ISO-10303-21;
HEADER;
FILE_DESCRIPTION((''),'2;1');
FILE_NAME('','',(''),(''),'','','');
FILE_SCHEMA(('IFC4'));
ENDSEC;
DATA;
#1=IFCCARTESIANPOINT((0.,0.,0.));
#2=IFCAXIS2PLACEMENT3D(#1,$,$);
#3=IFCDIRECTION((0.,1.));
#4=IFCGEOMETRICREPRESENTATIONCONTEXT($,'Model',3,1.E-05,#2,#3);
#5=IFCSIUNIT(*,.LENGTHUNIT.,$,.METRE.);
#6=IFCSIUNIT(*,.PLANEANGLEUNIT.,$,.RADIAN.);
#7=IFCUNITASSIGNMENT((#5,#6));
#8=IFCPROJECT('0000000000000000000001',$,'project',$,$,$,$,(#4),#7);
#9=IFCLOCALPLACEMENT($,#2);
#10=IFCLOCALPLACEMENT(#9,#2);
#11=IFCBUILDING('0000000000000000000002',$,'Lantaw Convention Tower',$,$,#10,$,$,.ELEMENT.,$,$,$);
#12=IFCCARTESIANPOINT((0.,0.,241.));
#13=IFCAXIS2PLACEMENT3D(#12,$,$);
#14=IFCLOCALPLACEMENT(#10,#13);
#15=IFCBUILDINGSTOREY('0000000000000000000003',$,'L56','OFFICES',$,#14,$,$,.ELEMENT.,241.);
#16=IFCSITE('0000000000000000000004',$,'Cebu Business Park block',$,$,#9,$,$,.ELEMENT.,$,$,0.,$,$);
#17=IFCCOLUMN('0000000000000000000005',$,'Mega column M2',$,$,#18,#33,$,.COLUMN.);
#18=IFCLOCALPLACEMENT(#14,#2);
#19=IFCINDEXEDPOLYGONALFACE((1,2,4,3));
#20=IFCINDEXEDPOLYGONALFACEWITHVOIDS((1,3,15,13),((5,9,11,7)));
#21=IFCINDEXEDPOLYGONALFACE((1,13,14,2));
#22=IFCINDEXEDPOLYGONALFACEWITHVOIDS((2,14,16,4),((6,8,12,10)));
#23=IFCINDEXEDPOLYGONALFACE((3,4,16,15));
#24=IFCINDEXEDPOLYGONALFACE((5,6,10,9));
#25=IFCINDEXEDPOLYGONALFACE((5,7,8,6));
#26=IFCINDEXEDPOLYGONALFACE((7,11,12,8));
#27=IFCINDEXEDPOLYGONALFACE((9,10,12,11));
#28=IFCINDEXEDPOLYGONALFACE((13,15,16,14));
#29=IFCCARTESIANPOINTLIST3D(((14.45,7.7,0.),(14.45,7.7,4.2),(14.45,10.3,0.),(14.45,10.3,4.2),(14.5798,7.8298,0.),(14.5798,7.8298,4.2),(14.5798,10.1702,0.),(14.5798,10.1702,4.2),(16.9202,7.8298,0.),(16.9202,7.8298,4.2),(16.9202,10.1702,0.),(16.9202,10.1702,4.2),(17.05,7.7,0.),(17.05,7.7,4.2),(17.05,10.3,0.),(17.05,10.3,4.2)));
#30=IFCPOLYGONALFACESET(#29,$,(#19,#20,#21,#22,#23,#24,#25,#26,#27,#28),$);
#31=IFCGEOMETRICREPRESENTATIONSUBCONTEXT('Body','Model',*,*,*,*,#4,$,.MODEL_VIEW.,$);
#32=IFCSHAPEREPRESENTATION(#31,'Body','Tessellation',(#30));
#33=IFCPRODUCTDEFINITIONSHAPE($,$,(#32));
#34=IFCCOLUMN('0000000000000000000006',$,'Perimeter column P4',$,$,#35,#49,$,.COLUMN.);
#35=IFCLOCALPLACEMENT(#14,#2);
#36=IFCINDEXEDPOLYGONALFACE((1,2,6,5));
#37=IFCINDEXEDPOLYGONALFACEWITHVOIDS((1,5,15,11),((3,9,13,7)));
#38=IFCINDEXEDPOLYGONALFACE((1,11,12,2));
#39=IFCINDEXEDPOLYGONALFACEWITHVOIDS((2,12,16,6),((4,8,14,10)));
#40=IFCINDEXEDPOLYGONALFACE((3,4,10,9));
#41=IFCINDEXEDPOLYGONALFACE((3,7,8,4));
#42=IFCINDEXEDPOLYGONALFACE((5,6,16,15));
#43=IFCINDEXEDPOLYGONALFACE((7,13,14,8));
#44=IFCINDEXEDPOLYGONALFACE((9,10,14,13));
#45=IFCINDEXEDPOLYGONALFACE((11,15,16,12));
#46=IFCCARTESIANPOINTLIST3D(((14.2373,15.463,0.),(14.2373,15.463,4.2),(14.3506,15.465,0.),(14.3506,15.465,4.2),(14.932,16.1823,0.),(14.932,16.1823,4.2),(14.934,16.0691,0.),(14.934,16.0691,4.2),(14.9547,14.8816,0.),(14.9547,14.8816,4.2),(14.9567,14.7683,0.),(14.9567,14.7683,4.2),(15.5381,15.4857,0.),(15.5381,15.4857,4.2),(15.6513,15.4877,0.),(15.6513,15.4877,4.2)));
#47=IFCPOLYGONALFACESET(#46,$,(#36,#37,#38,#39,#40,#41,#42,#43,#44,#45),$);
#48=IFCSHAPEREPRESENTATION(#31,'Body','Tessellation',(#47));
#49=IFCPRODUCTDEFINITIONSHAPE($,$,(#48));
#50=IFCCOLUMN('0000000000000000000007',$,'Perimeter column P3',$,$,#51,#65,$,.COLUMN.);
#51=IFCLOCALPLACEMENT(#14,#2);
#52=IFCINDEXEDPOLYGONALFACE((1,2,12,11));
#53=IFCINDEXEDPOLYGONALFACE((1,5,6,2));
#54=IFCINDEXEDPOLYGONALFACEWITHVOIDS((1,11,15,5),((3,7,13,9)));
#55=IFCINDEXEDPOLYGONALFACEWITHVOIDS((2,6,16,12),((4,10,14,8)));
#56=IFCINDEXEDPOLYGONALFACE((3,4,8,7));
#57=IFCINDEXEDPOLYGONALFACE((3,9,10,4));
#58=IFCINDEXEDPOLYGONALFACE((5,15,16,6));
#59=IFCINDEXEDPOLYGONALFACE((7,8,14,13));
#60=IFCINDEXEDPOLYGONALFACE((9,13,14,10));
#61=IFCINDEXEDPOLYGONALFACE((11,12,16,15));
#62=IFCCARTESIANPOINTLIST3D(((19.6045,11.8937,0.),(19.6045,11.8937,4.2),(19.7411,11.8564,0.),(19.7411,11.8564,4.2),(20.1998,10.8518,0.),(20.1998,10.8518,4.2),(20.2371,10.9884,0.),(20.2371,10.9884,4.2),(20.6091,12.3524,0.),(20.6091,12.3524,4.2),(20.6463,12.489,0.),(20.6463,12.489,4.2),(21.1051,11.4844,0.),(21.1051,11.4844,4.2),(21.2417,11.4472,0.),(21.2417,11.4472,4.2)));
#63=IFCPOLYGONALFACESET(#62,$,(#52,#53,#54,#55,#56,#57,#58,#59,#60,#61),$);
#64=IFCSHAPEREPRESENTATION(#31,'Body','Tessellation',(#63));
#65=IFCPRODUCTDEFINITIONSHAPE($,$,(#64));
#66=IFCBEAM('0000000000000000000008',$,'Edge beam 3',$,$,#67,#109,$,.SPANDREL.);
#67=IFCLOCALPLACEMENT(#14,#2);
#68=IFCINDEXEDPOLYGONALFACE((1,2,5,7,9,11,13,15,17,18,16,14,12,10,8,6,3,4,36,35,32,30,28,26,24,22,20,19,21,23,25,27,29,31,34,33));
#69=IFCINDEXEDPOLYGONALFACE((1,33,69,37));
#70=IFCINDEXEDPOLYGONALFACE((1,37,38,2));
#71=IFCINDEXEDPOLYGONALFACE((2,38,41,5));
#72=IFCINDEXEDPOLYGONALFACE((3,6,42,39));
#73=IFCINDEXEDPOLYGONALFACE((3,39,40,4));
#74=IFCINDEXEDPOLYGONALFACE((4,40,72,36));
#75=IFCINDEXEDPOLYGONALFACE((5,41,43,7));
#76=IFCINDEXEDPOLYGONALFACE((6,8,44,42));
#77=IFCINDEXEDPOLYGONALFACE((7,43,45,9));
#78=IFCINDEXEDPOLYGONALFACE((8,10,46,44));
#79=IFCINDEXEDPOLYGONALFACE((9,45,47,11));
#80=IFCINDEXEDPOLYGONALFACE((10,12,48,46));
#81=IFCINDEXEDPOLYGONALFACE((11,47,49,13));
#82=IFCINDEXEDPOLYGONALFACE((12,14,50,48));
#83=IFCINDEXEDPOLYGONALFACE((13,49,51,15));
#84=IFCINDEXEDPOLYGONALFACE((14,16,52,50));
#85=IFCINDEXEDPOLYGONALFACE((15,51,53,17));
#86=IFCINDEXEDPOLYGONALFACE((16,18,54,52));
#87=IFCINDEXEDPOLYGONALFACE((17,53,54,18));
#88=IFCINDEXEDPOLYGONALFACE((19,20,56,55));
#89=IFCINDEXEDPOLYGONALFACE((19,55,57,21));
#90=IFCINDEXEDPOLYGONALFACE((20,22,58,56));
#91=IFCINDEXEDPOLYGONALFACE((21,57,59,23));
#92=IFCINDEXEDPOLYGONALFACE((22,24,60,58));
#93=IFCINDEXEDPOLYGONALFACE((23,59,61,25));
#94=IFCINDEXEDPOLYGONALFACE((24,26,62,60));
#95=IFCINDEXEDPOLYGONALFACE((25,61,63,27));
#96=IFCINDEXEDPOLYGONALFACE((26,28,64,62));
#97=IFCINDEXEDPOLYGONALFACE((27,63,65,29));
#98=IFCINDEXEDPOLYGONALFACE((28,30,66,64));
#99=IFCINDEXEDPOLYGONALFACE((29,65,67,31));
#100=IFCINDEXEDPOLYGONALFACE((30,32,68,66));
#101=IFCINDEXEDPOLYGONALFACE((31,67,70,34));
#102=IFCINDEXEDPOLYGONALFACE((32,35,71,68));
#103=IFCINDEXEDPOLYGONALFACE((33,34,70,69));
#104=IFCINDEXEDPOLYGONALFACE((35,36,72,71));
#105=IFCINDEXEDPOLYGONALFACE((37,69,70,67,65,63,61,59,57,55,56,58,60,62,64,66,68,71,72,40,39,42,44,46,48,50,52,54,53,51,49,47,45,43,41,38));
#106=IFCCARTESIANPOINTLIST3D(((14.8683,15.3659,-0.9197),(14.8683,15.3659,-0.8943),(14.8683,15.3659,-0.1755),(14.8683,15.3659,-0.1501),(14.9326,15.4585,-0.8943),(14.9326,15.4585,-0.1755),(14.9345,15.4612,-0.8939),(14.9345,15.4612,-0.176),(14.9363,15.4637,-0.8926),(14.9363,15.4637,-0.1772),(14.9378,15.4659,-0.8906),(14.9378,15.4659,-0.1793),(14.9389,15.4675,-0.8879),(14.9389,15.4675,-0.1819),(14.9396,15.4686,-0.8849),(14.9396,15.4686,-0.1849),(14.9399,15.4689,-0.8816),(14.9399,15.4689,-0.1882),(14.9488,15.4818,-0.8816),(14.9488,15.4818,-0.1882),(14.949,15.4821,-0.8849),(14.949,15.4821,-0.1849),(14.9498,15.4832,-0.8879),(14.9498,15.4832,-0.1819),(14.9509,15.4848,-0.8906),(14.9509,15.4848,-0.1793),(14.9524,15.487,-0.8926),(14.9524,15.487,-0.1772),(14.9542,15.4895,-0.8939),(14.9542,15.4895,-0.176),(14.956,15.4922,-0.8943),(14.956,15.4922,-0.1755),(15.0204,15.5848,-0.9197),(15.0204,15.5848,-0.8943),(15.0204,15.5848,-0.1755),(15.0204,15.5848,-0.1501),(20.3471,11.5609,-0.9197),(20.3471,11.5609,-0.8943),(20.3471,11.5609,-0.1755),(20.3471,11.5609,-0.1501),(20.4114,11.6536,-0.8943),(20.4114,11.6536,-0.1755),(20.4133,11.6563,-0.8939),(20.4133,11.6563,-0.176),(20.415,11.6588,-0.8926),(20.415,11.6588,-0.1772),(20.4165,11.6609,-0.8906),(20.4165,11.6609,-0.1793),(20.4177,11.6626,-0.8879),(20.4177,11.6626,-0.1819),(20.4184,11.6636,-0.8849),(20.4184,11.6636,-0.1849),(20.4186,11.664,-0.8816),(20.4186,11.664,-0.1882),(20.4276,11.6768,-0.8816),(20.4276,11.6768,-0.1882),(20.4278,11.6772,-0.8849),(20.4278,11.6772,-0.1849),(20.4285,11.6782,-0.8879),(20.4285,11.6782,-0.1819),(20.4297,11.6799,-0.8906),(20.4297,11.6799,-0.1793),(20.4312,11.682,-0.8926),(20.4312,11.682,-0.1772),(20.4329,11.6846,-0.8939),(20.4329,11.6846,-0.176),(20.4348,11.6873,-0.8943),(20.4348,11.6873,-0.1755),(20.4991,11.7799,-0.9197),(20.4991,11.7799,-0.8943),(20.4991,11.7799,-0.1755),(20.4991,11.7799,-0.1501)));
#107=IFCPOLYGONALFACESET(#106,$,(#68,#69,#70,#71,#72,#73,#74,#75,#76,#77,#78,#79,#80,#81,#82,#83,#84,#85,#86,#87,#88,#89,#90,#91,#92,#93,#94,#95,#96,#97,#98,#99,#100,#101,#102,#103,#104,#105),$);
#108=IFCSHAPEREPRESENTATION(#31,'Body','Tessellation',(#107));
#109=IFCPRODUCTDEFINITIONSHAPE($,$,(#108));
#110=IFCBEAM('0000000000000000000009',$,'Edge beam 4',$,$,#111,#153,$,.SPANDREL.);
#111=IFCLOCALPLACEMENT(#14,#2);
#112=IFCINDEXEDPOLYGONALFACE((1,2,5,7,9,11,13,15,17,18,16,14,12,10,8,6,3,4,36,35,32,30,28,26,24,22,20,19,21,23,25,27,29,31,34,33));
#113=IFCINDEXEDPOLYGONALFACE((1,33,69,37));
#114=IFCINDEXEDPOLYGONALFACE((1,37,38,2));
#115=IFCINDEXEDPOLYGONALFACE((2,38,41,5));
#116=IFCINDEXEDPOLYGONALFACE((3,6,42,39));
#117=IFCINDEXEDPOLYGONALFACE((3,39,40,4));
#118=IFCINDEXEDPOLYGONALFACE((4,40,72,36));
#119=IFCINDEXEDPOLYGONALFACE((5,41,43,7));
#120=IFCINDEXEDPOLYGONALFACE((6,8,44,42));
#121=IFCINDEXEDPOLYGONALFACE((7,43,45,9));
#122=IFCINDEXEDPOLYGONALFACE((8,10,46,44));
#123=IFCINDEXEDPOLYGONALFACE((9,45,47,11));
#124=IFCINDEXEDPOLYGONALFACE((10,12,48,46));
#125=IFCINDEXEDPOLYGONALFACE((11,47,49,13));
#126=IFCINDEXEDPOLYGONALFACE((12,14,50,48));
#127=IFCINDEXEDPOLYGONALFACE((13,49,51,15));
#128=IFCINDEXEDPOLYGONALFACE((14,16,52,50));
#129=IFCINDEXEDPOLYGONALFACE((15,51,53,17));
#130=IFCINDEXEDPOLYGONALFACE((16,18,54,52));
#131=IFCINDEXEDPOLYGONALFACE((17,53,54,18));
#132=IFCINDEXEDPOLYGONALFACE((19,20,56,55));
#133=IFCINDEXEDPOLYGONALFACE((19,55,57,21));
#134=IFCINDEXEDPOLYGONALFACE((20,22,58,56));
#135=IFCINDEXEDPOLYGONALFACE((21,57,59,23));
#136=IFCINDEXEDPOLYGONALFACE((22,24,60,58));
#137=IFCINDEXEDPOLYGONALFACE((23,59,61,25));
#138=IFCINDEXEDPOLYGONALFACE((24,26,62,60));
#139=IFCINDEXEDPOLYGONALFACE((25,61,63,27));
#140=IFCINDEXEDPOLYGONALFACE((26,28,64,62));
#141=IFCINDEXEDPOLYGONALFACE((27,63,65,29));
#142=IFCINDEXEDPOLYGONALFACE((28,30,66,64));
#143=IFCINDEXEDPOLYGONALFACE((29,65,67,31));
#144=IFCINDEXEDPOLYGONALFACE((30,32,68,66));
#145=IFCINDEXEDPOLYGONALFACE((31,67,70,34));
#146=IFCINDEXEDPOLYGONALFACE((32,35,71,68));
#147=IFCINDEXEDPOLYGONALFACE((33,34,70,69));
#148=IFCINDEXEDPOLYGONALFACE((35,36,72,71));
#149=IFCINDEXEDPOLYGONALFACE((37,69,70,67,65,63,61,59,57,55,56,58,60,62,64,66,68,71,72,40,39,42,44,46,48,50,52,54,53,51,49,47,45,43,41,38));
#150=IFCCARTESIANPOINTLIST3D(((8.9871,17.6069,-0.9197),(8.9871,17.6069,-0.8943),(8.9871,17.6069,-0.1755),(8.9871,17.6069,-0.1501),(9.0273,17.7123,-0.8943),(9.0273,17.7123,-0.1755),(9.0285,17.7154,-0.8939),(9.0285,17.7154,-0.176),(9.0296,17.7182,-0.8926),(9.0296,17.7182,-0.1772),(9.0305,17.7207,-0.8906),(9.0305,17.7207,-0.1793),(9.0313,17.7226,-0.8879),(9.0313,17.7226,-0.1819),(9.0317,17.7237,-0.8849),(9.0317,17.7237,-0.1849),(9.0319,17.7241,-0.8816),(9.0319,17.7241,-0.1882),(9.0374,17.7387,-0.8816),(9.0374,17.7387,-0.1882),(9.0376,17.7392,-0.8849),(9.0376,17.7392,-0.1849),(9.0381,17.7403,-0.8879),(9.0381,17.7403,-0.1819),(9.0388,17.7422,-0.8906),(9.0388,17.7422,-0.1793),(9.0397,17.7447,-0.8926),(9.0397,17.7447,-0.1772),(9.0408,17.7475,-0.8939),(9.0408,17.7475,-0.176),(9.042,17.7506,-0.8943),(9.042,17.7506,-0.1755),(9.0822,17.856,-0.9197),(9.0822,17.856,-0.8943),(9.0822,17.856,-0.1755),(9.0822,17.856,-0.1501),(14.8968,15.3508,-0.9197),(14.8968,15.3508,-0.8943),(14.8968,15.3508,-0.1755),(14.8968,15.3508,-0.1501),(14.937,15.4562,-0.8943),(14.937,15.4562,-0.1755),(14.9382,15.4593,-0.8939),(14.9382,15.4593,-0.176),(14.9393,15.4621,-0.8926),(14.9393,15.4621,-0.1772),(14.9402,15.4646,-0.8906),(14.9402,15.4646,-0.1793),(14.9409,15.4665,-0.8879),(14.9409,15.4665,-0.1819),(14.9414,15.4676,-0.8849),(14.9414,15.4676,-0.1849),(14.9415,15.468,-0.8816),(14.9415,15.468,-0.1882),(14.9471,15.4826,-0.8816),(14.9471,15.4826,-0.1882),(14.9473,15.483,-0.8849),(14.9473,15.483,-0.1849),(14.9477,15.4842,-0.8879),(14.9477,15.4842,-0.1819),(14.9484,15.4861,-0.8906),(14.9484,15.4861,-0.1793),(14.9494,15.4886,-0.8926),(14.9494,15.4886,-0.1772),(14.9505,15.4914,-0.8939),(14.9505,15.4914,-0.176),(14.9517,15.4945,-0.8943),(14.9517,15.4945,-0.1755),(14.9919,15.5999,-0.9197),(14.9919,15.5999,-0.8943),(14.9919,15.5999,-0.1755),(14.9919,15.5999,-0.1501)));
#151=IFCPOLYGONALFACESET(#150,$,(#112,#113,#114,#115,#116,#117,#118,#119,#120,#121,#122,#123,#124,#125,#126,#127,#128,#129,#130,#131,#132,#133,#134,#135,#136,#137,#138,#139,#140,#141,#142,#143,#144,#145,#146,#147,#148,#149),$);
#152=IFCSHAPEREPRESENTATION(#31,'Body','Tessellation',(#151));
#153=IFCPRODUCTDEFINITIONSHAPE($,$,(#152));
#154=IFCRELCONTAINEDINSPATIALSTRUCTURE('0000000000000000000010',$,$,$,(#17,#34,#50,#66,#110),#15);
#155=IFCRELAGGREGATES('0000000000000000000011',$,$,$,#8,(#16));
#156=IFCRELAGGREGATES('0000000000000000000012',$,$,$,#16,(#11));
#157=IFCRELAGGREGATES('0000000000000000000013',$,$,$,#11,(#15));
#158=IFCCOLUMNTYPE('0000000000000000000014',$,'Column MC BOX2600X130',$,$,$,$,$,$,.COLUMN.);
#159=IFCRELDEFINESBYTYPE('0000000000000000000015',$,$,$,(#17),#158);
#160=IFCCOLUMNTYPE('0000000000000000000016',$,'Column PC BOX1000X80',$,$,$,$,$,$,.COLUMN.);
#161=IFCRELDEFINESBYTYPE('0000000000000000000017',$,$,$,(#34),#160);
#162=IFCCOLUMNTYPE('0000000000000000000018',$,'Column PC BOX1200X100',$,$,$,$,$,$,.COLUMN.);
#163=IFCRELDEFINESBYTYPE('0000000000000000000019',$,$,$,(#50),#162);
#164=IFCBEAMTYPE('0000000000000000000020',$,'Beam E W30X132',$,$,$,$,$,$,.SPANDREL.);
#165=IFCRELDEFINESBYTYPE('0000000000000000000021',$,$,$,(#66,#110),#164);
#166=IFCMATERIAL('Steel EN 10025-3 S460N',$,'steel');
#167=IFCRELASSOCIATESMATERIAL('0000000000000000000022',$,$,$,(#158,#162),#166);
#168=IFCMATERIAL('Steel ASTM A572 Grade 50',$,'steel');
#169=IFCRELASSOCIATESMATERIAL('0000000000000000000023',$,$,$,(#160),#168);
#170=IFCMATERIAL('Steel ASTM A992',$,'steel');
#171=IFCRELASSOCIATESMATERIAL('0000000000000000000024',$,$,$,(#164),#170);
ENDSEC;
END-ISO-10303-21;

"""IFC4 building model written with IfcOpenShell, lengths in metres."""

from ifc_helpers import new_model, si_unit, direction, frame, origin, origin_2d, place, context, subcontext, project, spatial, rectangle, hollow_rectangle, i_section, extrude, material, material_profile, profile_set, type_object, element, save


model = new_model("IFC4")

# Units and contexts
model_context = context("Model", 3, precision=1e-05, world=origin(), true_north=direction((0.0, 1.0)))
body_context = subcontext(model_context, "Body", "Model", "MODEL_VIEW")
ifc_project = project(units=[si_unit("LENGTHUNIT", "METRE"), si_unit("PLANEANGLEUNIT", "RADIAN")], contexts=[model_context])

# Site, building, storey
site_placement = place(None, origin())
site = spatial("IfcSite", under=ifc_project, at=site_placement, Name="Cebu Business Park block", CompositionType="ELEMENT", RefElevation=0.0)
building_placement = place(site_placement, origin())
building = spatial("IfcBuilding", under=site, at=building_placement, Name="Lantaw Convention Tower", CompositionType="ELEMENT")
storey_placement = place(building_placement, frame((0.0, 0.0, 241.0)))
storey = spatial("IfcBuildingStorey", under=building, at=storey_placement, Name="L56", Description="OFFICES", CompositionType="ELEMENT", Elevation=241.0)

# Columns
ifc_material_1 = material(Name="Steel EN 10025-3 S460N", Category="steel")
ifc_material_profile_1 = material_profile(ifc_material_1, hollow_rectangle(XDim=2.6001, YDim=2.6001, WallThickness=0.1299, at=origin_2d()), Name="BOX2600X130")
ifc_material_2 = material(Name="Concrete C60/75", Category="concrete")
ifc_material_profile_2 = material_profile(ifc_material_2, rectangle(XDim=2.3401, YDim=2.3401, at=origin_2d()), Name="Concrete fill of BOX2600X130")
ifc_profile_set_1 = profile_set([ifc_material_profile_1, ifc_material_profile_2], Name="Steel EN 10025-3 S460N")
column_type_1 = type_object("IfcColumnType", Name="Column MC BOX2600X130", PredefinedType="COLUMN", material=ifc_profile_set_1)
column_1_placement = place(storey_placement, frame((15.75, 9.0, 0.0), z_axis=(0.0, 0.0, 1.0), x_axis=(1.0, 0.0, 0.0)))
element("IfcColumn", 1, at=column_1_placement, inside=storey, type_object=column_type_1, Name="Mega column M2", PredefinedType="COLUMN", context=body_context, shape_type="SweptSolid", body=[
    extrude(hollow_rectangle(XDim=2.6001, YDim=2.6001, WallThickness=0.1299, at=origin_2d()), origin(), (0.0, 0.0, 1.0), 4.2),
])
ifc_material_3 = material(Name="Steel ASTM A572 Grade 50", Category="steel")
ifc_material_profile_3 = material_profile(ifc_material_3, hollow_rectangle(XDim=1.0, YDim=1.0, WallThickness=0.0801, at=origin_2d()), Name="BOX1000X80")
ifc_material_profile_4 = material_profile(ifc_material_2, rectangle(XDim=0.8401, YDim=0.8401, at=origin_2d()), Name="Concrete fill of BOX1000X80")
ifc_profile_set_2 = profile_set([ifc_material_profile_3, ifc_material_profile_4], Name="Steel ASTM A572 Grade 50")
column_type_2 = type_object("IfcColumnType", Name="Column PC BOX1000X80", PredefinedType="COLUMN", material=ifc_profile_set_2)
column_2_placement = place(storey_placement, frame((14.9443, 15.4753, 0.0), z_axis=(0.0, 0.0, 1.0), x_axis=(0.694658, 0.71934, 0.0)))
element("IfcColumn", 2, at=column_2_placement, inside=storey, type_object=column_type_2, Name="Perimeter column P4", PredefinedType="COLUMN", context=body_context, shape_type="SweptSolid", body=[
    extrude(hollow_rectangle(XDim=1.0, YDim=1.0, WallThickness=0.0801, at=origin_2d()), origin(), (0.0, 0.0, 1.0), 4.2),
])
ifc_material_profile_5 = material_profile(ifc_material_1, hollow_rectangle(XDim=1.2, YDim=1.2, WallThickness=0.1001, at=origin_2d()), Name="BOX1200X100")
ifc_material_profile_6 = material_profile(ifc_material_2, rectangle(XDim=1.0, YDim=1.0, at=origin_2d()), Name="Concrete fill of BOX1200X100")
ifc_profile_set_3 = profile_set([ifc_material_profile_5, ifc_material_profile_6], Name="Steel EN 10025-3 S460N")
column_type_3 = type_object("IfcColumnType", Name="Column PC BOX1200X100", PredefinedType="COLUMN", material=ifc_profile_set_3)
column_3_placement = place(storey_placement, frame((20.4231, 11.6704, 0.0), z_axis=(0.0, 0.0, 1.0), x_axis=(0.868243, 0.496139, 0.0)))
element("IfcColumn", 3, at=column_3_placement, inside=storey, type_object=column_type_3, Name="Perimeter column P3", PredefinedType="COLUMN", context=body_context, shape_type="SweptSolid", body=[
    extrude(hollow_rectangle(XDim=1.2, YDim=1.2, WallThickness=0.1001, at=origin_2d()), origin(), (0.0, 0.0, 1.0), 4.2),
])

# Beams
ifc_material_4 = material(Name="Steel ASTM A992", Category="steel")
ifc_material_profile_7 = material_profile(ifc_material_4, i_section(OverallWidth=0.2666, OverallDepth=0.7695, WebThickness=0.0156, FlangeThickness=0.0254, FilletRadius=0.0127, at=origin_2d()), Name="W30X132")
ifc_profile_set_4 = profile_set([ifc_material_profile_7], Name="Steel ASTM A992")
beam_type_1 = type_object("IfcBeamType", Name="Beam E W30X132", PredefinedType="SPANDREL", material=ifc_profile_set_4)
beam_1_placement = place(storey_placement, frame((20.4231, 11.6704, -0.5349), z_axis=(-0.821353, 0.57042, 0.0), x_axis=(-0.57042, -0.821353, 0.0)))
element("IfcBeam", 4, at=beam_1_placement, inside=storey, type_object=beam_type_1, Name="Edge beam 3", PredefinedType="SPANDREL", context=body_context, shape_type="SweptSolid", body=[
    extrude(i_section(OverallWidth=0.2666, OverallDepth=0.7695, WebThickness=0.0156, FlangeThickness=0.0254, FilletRadius=0.0127, at=origin_2d()), origin(), (0.0, 0.0, 1.0), 6.6704),
])
beam_2_placement = place(storey_placement, frame((14.9443, 15.4753, -0.5349), z_axis=(-0.934235, 0.356658, 0.0), x_axis=(-0.356658, -0.934235, 0.0)))
element("IfcBeam", 5, at=beam_2_placement, inside=storey, type_object=beam_type_1, Name="Edge beam 4", PredefinedType="SPANDREL", context=body_context, shape_type="SweptSolid", body=[
    extrude(i_section(OverallWidth=0.2666, OverallDepth=0.7695, WebThickness=0.0156, FlangeThickness=0.0254, FilletRadius=0.0127, at=origin_2d()), origin(), (0.0, 0.0, 1.0), 6.3257),
])

save(model, "model.ifc")
